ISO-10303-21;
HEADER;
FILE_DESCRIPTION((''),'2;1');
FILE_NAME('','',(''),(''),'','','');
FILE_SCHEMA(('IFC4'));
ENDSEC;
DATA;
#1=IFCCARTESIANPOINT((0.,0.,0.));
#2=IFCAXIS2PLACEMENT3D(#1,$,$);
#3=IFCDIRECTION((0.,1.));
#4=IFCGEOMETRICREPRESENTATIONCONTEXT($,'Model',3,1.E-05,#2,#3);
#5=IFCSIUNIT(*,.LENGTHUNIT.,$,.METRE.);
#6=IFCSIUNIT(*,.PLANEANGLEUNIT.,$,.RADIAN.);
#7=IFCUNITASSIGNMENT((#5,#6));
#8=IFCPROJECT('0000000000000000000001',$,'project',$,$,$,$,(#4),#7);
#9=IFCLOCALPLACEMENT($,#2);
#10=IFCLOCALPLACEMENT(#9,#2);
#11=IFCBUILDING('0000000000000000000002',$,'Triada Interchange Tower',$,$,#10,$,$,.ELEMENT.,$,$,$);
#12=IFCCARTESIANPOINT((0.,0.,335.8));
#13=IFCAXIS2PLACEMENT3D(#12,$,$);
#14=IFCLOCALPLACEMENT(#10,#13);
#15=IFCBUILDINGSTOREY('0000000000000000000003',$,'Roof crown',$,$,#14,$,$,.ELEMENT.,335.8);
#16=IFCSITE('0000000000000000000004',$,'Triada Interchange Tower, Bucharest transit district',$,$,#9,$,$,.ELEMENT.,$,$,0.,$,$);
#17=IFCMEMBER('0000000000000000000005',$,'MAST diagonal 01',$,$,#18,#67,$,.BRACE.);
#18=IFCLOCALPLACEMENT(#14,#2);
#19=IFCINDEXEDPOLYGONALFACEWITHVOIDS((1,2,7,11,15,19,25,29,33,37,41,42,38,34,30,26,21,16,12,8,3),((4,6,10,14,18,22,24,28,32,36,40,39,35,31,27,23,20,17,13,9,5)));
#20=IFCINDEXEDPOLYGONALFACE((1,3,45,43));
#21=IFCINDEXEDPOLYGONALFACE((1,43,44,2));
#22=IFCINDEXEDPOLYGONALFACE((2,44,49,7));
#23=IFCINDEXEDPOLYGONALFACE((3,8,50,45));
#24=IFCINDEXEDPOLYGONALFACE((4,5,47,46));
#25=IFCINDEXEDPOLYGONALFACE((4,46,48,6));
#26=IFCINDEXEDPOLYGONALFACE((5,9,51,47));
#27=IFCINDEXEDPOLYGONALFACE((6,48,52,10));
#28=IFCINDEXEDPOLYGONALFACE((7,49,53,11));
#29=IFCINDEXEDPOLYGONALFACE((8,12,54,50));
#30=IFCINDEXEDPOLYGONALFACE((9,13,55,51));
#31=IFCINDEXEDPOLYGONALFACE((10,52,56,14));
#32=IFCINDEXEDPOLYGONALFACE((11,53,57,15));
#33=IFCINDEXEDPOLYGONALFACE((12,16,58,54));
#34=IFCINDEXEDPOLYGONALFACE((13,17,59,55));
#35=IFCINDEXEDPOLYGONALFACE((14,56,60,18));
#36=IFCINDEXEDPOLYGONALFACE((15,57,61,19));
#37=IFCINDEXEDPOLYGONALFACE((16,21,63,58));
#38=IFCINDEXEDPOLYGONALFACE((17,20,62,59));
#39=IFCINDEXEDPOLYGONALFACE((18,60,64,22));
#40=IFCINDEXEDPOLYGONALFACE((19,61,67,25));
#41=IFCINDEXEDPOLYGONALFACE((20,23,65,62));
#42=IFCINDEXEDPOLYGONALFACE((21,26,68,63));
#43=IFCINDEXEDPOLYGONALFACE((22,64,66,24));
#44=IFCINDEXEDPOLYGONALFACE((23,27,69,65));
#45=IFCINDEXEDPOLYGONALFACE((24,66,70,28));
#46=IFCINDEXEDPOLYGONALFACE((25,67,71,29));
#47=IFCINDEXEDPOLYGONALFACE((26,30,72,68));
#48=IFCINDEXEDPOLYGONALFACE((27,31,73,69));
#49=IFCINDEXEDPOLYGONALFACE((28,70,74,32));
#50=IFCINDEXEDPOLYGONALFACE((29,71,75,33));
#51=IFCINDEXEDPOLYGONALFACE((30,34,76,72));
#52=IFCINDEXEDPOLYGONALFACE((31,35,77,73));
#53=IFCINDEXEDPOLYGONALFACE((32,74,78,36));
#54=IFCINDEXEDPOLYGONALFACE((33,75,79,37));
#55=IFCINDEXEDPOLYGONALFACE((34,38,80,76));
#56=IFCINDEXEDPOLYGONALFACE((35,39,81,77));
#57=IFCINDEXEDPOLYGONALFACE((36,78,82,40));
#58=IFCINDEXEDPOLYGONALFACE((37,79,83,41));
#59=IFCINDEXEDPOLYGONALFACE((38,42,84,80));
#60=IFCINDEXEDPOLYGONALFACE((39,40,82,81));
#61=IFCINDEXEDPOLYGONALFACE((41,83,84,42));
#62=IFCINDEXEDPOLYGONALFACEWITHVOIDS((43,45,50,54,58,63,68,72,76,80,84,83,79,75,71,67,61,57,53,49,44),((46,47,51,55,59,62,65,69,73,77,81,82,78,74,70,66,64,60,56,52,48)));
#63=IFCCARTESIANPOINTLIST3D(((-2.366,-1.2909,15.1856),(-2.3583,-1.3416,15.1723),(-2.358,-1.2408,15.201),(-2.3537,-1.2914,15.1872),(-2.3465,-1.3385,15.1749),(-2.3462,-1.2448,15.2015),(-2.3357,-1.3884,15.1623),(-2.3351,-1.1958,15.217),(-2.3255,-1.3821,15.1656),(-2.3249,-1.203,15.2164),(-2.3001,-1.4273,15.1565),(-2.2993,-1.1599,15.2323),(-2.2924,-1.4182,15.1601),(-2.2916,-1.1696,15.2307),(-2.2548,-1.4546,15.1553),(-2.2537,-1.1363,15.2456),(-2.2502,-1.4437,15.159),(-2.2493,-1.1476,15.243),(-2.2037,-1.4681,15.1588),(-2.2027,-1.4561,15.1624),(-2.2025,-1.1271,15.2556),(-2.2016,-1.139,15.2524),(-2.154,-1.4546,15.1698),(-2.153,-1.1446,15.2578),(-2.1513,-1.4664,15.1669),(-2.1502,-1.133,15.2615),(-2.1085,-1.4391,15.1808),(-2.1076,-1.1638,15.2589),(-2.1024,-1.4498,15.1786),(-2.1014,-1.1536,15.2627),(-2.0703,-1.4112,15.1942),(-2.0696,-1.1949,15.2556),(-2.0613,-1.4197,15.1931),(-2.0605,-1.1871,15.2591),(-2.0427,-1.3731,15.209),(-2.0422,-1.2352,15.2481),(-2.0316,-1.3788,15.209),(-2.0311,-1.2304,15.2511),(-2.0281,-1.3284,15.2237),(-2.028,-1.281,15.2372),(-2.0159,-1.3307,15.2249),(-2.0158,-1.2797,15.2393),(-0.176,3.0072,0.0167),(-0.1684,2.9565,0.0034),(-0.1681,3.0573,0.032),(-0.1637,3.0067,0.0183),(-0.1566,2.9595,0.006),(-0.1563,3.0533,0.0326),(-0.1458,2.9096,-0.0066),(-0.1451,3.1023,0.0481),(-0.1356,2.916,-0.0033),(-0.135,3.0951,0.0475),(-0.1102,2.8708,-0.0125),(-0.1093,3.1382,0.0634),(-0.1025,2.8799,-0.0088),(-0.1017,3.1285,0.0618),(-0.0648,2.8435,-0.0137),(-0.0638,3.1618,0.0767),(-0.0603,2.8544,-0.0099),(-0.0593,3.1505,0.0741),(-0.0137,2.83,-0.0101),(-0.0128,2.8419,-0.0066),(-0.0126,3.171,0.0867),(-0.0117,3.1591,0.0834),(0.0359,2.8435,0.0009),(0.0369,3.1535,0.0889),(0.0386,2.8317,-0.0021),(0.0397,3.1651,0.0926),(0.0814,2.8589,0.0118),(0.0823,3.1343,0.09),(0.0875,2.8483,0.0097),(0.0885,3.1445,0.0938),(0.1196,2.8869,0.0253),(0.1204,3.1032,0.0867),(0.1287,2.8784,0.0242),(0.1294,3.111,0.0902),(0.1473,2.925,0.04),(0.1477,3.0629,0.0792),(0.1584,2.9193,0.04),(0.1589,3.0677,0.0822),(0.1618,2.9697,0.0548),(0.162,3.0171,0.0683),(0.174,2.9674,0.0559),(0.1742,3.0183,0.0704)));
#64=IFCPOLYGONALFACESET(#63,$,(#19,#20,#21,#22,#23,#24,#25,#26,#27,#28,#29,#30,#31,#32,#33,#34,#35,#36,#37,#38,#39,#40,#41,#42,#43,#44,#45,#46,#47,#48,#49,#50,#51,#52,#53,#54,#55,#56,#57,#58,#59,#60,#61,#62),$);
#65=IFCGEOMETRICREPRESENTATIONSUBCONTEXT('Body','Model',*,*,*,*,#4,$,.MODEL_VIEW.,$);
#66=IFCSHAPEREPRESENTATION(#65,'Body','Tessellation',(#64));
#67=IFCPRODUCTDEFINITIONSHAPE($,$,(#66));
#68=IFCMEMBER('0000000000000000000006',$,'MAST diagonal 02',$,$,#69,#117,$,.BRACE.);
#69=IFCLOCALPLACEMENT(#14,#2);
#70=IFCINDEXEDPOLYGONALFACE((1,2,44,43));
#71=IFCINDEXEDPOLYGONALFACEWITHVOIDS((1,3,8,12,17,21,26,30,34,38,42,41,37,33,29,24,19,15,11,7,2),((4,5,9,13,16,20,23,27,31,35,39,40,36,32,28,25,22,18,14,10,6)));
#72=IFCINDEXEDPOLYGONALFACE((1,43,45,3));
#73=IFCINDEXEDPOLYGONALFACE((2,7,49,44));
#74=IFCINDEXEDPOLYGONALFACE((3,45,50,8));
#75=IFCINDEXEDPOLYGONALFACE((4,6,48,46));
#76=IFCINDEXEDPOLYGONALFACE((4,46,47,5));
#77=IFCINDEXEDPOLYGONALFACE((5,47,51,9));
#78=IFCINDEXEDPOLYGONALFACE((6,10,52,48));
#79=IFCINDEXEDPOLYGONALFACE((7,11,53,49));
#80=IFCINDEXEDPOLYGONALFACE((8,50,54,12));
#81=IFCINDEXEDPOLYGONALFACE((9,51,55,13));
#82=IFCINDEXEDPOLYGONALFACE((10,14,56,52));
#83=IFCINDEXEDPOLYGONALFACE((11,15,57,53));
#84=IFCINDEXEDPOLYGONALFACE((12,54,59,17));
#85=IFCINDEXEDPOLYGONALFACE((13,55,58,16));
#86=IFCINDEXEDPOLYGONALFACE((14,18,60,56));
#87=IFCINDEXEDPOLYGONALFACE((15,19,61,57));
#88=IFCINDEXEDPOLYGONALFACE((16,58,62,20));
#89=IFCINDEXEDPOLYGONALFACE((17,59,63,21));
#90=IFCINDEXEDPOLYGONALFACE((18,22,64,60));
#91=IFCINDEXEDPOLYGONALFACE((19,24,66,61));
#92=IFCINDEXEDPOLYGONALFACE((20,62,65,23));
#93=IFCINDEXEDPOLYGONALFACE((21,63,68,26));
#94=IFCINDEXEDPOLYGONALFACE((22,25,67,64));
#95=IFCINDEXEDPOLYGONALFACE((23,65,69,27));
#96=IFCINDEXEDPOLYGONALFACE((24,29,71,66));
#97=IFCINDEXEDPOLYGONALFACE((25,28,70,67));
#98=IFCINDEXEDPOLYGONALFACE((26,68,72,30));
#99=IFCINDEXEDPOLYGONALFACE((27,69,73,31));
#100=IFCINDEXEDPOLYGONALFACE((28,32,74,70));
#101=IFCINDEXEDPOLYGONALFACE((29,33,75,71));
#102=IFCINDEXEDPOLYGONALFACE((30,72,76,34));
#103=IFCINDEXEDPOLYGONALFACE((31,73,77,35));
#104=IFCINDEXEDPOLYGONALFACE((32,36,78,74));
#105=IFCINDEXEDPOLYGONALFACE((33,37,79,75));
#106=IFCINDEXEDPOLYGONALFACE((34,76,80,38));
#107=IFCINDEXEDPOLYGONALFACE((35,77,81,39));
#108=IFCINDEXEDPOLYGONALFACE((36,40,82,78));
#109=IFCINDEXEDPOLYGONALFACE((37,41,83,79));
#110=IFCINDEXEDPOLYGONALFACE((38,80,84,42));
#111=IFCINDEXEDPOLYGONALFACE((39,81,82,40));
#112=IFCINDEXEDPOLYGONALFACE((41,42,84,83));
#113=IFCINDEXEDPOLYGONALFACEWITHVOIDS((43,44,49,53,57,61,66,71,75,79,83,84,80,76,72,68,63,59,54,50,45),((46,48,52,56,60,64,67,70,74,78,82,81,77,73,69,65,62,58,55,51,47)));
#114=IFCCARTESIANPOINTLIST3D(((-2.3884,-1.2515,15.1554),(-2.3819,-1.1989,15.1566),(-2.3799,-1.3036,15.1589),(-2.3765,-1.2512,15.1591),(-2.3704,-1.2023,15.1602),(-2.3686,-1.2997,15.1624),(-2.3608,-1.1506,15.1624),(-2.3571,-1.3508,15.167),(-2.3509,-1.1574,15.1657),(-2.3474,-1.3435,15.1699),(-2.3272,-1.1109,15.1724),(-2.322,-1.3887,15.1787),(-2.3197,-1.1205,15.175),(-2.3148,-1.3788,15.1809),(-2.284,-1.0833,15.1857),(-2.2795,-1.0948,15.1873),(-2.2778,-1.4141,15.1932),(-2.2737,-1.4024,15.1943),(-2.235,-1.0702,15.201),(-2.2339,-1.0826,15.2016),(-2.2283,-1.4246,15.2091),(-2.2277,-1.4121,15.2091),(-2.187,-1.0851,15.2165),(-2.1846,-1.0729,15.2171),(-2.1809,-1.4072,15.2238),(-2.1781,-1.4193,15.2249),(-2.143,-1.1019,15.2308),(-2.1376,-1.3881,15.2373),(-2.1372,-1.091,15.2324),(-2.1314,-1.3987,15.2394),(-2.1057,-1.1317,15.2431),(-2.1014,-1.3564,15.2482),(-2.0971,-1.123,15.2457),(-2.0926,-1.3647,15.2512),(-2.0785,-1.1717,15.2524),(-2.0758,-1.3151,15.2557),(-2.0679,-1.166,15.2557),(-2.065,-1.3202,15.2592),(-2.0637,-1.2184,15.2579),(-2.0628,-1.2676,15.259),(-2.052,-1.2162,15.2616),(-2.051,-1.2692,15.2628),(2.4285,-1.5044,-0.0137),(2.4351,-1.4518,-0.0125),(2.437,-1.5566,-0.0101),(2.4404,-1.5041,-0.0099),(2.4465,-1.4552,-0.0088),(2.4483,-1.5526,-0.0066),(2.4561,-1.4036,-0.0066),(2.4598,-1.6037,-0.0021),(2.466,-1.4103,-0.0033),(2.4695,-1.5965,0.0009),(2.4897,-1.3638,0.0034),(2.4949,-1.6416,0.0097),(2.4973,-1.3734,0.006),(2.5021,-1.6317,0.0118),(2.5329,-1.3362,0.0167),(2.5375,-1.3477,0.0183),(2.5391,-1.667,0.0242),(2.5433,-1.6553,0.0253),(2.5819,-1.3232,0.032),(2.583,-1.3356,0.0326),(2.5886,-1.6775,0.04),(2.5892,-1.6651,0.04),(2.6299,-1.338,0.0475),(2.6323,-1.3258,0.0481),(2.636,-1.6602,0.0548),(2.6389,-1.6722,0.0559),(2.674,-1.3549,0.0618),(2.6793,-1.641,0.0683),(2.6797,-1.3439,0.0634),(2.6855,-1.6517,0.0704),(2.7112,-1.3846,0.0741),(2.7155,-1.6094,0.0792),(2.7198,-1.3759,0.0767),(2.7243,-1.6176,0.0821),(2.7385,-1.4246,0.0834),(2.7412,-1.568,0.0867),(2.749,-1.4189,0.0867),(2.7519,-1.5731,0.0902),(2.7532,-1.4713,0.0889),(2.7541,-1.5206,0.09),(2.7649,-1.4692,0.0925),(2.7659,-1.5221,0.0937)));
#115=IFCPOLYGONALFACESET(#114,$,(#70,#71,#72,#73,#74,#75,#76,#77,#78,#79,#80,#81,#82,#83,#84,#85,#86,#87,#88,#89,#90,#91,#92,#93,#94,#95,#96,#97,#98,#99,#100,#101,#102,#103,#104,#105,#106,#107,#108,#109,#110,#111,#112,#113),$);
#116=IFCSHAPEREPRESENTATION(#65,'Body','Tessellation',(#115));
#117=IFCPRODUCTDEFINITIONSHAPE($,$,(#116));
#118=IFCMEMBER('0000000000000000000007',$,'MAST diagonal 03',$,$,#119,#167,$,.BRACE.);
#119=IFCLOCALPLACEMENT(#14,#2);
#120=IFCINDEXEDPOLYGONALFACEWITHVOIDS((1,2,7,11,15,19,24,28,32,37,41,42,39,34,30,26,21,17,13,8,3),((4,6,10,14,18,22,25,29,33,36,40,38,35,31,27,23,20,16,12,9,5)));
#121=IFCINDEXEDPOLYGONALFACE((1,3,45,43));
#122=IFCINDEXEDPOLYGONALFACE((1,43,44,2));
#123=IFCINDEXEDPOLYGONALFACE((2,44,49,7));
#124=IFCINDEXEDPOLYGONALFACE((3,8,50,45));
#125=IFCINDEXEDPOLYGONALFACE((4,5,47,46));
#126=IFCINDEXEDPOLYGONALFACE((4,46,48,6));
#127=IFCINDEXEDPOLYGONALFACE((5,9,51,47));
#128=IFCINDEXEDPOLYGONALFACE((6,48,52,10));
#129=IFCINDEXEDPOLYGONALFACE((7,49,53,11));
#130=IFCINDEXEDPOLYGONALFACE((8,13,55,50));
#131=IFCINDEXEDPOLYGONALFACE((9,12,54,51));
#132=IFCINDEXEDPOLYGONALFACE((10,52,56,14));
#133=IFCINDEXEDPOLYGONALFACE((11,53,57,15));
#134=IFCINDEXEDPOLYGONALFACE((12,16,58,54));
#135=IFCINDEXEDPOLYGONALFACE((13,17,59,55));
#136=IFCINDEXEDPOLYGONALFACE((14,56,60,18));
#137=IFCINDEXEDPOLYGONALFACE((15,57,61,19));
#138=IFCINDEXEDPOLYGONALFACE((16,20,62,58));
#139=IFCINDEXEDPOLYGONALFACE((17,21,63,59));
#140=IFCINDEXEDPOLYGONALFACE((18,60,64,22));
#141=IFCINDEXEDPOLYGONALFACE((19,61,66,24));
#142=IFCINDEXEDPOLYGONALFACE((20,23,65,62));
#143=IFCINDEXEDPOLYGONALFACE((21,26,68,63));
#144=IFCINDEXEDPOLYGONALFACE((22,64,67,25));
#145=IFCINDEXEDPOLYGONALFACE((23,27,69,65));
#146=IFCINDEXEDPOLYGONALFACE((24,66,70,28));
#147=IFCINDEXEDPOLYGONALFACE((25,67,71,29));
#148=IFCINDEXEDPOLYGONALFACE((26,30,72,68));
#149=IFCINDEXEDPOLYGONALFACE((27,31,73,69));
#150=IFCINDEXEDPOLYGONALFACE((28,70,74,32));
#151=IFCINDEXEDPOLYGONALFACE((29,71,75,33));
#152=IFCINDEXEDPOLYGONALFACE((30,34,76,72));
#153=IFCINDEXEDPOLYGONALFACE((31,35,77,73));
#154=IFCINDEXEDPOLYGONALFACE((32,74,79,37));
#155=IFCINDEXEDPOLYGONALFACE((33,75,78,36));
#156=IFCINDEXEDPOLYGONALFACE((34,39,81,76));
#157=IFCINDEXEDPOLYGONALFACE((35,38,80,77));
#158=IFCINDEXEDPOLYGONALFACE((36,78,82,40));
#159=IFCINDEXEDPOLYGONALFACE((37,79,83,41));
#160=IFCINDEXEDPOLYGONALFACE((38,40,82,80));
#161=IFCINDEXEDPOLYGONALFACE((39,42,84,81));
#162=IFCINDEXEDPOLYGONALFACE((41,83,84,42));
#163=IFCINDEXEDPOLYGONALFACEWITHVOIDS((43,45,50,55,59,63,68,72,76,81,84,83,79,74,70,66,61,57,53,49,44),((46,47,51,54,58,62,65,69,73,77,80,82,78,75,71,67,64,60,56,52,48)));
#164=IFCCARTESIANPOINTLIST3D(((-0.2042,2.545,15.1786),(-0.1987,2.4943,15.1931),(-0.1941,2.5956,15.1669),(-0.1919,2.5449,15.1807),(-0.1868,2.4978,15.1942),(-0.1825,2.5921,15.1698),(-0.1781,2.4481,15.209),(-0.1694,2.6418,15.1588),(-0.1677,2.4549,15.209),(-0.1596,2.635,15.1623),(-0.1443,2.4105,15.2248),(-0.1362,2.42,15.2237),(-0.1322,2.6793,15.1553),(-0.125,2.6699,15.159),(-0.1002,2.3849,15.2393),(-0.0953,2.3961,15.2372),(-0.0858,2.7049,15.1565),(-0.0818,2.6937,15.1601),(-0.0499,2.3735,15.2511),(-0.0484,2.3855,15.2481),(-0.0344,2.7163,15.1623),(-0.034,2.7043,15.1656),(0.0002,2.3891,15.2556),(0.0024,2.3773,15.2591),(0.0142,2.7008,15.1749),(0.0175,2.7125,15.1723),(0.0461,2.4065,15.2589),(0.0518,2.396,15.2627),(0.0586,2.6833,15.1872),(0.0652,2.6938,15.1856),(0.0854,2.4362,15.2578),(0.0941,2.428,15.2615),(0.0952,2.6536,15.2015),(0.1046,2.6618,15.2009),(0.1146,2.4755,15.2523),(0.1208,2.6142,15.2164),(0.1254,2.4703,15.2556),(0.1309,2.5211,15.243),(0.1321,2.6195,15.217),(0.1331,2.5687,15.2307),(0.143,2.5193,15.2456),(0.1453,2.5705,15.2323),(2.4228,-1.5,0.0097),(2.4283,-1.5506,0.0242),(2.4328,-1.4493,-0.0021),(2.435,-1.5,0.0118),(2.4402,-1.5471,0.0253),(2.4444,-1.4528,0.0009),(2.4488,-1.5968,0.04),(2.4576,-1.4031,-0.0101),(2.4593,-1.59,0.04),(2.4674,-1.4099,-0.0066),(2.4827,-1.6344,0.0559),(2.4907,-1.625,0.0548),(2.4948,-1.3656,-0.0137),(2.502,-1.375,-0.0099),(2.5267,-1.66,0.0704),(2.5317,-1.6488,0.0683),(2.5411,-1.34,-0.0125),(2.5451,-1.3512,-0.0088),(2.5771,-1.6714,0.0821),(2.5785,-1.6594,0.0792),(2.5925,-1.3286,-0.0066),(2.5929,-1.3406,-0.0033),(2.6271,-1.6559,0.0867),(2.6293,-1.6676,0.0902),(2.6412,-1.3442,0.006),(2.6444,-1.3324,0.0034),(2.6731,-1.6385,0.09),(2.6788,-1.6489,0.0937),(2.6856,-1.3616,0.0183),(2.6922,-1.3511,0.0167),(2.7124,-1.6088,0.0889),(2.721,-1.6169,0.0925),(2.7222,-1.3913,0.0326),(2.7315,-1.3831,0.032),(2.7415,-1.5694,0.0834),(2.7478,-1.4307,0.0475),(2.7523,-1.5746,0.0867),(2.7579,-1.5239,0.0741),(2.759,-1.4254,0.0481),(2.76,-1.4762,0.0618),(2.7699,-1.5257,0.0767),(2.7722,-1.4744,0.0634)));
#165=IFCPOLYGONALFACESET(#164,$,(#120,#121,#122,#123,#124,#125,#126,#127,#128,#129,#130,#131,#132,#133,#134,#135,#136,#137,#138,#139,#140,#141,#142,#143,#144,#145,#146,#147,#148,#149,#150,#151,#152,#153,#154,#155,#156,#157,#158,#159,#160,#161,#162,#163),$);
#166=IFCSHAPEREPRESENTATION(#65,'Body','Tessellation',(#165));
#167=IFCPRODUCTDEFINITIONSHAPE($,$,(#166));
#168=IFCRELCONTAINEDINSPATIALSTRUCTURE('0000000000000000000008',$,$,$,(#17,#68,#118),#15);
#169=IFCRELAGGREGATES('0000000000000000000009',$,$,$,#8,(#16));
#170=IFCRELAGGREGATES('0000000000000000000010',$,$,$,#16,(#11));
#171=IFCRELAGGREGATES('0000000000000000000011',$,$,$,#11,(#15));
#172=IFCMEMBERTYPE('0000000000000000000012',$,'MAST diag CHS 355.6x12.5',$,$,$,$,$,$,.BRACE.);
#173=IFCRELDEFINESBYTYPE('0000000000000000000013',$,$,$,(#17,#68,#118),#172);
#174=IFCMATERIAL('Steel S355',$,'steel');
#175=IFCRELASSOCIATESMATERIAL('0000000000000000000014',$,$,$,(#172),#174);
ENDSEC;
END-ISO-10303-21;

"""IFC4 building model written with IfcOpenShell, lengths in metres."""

from ifc_helpers import new_model, si_unit, direction, frame, origin, origin_2d, place, context, subcontext, project, spatial, hollow_circle, extrude, material, material_profile, profile_set, type_object, element, save


model = new_model("IFC4")

# Units and contexts
model_context = context("Model", 3, precision=1e-05, world=origin(), true_north=direction((0.0, 1.0)))
body_context = subcontext(model_context, "Body", "Model", "MODEL_VIEW")
ifc_project = project(units=[si_unit("LENGTHUNIT", "METRE"), si_unit("PLANEANGLEUNIT", "RADIAN")], contexts=[model_context])

# Site, building, storey
site_placement = place(None, origin())
site = spatial("IfcSite", under=ifc_project, at=site_placement, Name="Triada Interchange Tower, Bucharest transit district", CompositionType="ELEMENT", RefElevation=0.0)
building_placement = place(site_placement, origin())
building = spatial("IfcBuilding", under=site, at=building_placement, Name="Triada Interchange Tower", CompositionType="ELEMENT")
storey_placement = place(building_placement, frame((0.0, 0.0, 335.8)))
storey = spatial("IfcBuildingStorey", under=building, at=storey_placement, Name="Roof crown", CompositionType="ELEMENT", Elevation=335.8)

# Members
ifc_material_1 = material(Name="Steel S355", Category="steel")
ifc_material_profile_1 = material_profile(ifc_material_1, hollow_circle(Radius=0.1777, WallThickness=0.0125, at=origin_2d()), Name="CHS 355.6x12.5")
ifc_profile_set_1 = profile_set([ifc_material_profile_1], Name="Steel S355")
member_type_1 = type_object("IfcMemberType", Name="MAST diag CHS 355.6x12.5", PredefinedType="BRACE", material=ifc_profile_set_1)
for number, where, z_axis, x_axis, name in (
    (1, (0.0, 3.0, 0.04), (-0.137581, -0.270024, 0.952974), (0.891011, -0.453983, 0.0), "MAST diagonal 01"),
    (2, (2.5979, -1.5, 0.04), (-0.302618, 0.01589, 0.952979), (-0.052437, -0.998624, 0.0), "MAST diagonal 02"),
):
    element("IfcMember", number, at=place(storey_placement, frame(where, z_axis=z_axis, x_axis=x_axis)), inside=storey, type_object=member_type_1, Name=name, PredefinedType="BRACE", context=body_context, shape_type="SweptSolid", body=[
        extrude(hollow_circle(Radius=0.1777, WallThickness=0.0125, at=origin_2d()), origin(), (0.0, 0.0, 1.0), 15.9175),
    ])
member_1_placement = place(storey_placement, frame((2.5979, -1.5, 0.04), z_axis=(-0.165038, 0.254122, 0.952987), x_axis=(-0.838656, -0.544661, 0.0)))
element("IfcMember", 3, at=member_1_placement, inside=storey, type_object=member_type_1, Name="MAST diagonal 03", PredefinedType="BRACE", context=body_context, shape_type="SweptSolid", body=[
    extrude(hollow_circle(Radius=0.1777, WallThickness=0.0125, at=origin_2d()), origin(), (0.0, 0.0, 1.0), 15.9172),
])

save(model, "model.ifc")
